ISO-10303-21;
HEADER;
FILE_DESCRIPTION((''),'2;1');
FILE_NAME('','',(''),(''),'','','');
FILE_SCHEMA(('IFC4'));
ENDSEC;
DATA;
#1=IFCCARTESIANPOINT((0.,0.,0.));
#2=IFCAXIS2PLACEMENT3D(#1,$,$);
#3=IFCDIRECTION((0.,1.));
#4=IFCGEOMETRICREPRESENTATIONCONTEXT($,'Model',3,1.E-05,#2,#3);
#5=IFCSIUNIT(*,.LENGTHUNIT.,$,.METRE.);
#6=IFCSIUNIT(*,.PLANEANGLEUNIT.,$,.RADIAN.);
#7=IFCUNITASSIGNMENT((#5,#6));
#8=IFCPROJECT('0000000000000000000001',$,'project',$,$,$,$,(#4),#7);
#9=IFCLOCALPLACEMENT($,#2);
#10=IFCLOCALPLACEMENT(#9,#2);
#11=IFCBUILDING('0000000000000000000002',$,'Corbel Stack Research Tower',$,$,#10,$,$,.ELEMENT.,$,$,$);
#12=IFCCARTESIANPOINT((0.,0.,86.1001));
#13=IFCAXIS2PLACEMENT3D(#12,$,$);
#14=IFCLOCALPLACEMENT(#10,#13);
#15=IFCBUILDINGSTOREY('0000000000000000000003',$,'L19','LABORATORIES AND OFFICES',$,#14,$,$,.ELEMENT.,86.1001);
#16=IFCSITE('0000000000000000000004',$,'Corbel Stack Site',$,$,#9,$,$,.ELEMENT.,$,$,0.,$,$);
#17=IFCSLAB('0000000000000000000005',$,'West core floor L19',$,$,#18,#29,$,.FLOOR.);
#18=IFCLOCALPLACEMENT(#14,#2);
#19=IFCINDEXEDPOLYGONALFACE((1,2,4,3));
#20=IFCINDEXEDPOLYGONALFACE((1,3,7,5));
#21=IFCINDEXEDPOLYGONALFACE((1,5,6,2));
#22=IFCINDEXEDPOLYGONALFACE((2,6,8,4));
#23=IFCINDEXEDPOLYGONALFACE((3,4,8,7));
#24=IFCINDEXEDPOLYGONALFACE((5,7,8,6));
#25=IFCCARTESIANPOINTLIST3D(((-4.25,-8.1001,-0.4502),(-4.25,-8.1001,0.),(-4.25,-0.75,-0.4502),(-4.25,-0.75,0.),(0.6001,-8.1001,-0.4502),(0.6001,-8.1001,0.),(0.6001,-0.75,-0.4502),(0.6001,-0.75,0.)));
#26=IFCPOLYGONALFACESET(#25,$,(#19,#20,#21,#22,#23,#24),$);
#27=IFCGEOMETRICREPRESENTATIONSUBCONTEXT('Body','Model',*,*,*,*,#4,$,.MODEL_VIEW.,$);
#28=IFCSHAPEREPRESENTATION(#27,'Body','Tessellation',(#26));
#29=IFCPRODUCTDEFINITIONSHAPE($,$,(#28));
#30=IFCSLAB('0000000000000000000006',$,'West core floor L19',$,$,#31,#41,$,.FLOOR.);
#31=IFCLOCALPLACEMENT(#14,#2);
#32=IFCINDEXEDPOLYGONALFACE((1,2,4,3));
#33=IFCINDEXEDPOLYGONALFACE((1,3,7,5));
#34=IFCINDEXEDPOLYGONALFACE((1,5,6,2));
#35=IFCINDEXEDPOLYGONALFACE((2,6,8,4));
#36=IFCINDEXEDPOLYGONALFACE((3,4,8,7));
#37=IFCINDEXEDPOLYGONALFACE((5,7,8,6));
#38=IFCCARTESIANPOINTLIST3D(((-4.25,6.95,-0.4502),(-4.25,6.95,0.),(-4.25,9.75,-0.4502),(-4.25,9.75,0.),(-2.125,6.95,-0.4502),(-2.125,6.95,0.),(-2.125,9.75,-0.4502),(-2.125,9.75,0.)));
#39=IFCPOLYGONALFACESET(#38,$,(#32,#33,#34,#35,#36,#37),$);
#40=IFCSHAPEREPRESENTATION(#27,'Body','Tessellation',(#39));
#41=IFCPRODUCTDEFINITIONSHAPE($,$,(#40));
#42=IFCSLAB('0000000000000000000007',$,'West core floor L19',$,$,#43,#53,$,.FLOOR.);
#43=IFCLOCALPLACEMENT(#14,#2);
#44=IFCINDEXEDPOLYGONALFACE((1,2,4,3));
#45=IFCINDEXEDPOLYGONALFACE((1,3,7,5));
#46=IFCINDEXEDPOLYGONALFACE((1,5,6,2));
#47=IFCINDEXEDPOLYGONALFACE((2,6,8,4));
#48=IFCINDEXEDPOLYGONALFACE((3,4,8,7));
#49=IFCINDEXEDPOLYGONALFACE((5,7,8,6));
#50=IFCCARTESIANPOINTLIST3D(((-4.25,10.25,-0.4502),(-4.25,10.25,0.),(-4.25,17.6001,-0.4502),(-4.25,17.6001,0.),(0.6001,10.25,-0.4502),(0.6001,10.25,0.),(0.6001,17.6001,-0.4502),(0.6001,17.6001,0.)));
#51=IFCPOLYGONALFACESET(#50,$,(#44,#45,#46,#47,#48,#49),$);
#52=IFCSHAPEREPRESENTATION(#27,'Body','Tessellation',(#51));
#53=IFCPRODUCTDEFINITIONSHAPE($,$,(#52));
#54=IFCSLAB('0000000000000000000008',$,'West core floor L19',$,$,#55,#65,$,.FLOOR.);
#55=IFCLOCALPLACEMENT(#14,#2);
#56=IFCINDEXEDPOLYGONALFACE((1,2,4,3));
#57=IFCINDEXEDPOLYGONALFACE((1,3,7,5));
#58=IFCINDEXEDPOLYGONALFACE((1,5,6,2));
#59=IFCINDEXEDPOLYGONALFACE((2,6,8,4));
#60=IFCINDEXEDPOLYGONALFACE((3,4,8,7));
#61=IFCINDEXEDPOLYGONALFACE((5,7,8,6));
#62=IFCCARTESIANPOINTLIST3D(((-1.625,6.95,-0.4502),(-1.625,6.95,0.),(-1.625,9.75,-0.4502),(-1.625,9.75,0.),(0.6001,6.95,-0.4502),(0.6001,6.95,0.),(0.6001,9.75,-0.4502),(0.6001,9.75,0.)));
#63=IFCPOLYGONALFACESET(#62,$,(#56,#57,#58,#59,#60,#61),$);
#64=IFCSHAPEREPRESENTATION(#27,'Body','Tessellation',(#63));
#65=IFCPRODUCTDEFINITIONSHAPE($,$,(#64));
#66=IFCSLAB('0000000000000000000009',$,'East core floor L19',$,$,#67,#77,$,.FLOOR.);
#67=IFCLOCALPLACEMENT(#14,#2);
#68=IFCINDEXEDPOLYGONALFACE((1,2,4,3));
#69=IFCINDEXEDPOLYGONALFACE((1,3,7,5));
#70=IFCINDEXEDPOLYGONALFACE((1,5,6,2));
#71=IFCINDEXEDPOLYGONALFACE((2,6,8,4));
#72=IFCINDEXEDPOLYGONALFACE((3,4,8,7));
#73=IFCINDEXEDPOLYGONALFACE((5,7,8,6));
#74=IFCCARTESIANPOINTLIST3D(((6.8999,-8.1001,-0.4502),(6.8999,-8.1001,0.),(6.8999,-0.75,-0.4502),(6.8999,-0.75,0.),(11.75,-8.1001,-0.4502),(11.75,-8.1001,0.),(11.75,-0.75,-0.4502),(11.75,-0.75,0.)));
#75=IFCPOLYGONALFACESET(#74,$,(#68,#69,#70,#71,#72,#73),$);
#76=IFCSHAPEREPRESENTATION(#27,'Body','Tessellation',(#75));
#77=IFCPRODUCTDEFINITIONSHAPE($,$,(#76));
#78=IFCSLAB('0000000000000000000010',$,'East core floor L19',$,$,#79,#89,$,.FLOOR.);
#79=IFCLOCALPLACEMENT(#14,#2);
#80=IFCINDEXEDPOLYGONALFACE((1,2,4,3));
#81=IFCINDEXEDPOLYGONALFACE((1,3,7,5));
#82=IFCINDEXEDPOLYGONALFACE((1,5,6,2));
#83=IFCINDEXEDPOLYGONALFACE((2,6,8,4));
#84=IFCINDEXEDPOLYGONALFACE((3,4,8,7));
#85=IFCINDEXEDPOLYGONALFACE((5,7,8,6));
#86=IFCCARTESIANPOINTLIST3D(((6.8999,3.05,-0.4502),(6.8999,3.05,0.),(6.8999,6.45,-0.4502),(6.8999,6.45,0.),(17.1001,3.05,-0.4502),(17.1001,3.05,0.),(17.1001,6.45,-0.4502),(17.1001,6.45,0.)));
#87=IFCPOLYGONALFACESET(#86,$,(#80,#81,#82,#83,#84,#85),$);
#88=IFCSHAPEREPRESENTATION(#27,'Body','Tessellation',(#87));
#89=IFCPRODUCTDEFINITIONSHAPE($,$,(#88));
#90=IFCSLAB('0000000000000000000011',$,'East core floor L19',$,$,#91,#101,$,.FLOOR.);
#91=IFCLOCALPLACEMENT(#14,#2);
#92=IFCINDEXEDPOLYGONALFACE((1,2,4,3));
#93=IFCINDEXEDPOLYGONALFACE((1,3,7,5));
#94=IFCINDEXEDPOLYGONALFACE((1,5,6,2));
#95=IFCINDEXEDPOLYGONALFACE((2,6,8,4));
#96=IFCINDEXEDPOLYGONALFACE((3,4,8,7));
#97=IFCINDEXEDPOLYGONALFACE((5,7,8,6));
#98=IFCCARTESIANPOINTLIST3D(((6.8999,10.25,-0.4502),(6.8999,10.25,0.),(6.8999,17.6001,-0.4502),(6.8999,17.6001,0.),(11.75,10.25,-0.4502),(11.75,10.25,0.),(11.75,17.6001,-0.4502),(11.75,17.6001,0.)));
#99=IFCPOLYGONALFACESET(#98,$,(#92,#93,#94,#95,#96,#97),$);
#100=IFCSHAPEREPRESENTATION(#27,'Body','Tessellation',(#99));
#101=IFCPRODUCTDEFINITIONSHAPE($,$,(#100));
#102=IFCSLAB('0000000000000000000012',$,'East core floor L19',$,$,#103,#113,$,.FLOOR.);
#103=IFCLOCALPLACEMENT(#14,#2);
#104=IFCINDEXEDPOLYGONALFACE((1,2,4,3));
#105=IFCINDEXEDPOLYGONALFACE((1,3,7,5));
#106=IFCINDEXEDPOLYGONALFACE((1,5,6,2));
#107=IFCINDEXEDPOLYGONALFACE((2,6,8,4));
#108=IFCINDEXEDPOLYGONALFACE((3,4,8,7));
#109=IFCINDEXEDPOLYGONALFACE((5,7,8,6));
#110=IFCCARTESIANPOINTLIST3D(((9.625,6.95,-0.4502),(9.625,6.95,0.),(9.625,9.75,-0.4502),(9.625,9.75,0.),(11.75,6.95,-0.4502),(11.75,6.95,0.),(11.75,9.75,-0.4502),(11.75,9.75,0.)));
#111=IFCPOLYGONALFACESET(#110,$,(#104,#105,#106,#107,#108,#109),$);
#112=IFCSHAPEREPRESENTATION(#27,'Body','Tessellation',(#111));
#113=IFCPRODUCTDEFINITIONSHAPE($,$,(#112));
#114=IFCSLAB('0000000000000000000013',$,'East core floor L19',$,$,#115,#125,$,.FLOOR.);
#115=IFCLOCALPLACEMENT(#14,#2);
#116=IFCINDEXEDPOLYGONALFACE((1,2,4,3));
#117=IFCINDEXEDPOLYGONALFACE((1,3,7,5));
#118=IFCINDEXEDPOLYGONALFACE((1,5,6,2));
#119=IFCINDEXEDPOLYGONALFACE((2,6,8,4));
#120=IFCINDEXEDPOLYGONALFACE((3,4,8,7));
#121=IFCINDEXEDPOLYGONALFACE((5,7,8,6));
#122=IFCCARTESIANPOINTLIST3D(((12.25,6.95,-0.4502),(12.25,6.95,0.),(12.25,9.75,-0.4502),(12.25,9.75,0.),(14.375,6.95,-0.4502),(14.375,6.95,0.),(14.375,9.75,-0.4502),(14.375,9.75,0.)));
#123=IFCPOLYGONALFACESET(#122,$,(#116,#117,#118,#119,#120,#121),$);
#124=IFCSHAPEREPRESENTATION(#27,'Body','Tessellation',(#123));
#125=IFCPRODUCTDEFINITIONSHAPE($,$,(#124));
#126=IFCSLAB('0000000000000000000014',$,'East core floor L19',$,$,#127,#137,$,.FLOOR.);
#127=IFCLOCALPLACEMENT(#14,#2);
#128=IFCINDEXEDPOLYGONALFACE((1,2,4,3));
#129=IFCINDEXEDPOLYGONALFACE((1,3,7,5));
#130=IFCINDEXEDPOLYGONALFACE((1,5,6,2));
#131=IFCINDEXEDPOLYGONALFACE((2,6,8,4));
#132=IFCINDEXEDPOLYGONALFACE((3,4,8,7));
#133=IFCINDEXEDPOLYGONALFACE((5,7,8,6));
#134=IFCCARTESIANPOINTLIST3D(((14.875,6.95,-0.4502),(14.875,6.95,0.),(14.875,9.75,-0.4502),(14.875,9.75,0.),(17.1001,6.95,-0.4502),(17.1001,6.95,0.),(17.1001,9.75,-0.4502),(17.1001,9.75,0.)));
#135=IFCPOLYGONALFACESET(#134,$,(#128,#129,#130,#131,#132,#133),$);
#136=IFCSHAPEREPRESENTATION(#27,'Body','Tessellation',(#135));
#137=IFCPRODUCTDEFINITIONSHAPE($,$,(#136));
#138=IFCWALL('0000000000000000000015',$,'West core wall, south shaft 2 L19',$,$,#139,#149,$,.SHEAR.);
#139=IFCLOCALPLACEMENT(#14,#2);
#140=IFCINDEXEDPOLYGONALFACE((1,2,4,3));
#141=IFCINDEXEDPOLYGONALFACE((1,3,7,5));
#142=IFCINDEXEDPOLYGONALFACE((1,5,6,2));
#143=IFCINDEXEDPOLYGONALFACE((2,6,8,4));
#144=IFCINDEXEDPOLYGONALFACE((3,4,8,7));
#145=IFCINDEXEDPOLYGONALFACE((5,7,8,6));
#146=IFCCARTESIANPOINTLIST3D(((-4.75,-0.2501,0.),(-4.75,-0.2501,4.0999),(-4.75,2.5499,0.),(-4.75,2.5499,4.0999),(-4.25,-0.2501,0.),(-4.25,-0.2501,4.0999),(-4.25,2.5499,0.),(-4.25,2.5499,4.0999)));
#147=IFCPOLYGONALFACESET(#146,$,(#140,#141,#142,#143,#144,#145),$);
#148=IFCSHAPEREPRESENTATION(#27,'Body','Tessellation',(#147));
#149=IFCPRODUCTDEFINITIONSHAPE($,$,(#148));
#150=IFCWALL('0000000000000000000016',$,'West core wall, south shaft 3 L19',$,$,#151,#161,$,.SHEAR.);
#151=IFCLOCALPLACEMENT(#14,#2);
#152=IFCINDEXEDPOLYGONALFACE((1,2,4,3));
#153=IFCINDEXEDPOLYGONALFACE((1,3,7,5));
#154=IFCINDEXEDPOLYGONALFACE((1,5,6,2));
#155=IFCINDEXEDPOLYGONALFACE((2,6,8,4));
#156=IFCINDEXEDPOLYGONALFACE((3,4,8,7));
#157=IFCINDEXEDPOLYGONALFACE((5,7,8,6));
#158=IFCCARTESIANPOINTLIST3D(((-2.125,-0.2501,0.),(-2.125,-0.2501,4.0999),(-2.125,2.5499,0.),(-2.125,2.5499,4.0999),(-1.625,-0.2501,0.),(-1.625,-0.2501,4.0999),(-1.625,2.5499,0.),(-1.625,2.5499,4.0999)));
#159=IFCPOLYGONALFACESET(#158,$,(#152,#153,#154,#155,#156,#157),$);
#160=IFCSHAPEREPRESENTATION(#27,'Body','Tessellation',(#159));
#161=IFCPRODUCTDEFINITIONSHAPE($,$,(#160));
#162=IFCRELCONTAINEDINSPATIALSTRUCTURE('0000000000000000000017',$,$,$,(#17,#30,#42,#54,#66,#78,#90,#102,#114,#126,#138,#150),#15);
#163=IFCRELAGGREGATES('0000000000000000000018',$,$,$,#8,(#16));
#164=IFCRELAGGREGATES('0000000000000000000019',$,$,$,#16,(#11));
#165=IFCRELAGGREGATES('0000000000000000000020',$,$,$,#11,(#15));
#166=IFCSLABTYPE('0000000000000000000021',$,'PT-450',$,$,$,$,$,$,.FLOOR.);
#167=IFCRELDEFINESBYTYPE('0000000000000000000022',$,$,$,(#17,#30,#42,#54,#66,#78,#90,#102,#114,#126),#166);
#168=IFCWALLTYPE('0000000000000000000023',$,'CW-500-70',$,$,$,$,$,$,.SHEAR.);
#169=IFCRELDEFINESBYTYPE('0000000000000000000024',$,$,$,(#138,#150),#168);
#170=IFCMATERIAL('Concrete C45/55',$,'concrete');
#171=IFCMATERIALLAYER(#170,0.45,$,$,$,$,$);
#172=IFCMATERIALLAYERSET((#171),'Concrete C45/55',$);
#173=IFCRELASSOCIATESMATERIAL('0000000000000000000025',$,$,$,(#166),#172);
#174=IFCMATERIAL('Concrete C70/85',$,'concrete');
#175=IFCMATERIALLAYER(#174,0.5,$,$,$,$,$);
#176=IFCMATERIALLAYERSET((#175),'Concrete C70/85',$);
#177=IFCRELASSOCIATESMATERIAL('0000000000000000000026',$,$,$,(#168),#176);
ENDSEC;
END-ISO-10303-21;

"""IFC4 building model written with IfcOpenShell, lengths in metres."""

from ifc_helpers import new_model, si_unit, direction, frame, frame_2d, origin, place, context, subcontext, project, spatial, polyline, rectangle, outline, extrude, material, layer, layer_set, type_object, element, save


model = new_model("IFC4")

# Units and contexts
model_context = context("Model", 3, precision=1e-05, world=origin(), true_north=direction((0.0, 1.0)))
body_context = subcontext(model_context, "Body", "Model", "MODEL_VIEW")
ifc_project = project(units=[si_unit("LENGTHUNIT", "METRE"), si_unit("PLANEANGLEUNIT", "RADIAN")], contexts=[model_context])

# Site, building, storey
site_placement = place(None, origin())
site = spatial("IfcSite", under=ifc_project, at=site_placement, Name="Corbel Stack Site", CompositionType="ELEMENT", RefElevation=0.0)
building_placement = place(site_placement, origin())
building = spatial("IfcBuilding", under=site, at=building_placement, Name="Corbel Stack Research Tower", CompositionType="ELEMENT")
storey_placement = place(building_placement, frame((0.0, 0.0, 86.1001)))
storey = spatial("IfcBuildingStorey", under=building, at=storey_placement, Name="L19", Description="LABORATORIES AND OFFICES", CompositionType="ELEMENT", Elevation=86.1001)

# Slabs
ifc_material_1 = material(Name="Concrete C45/55", Category="concrete")
ifc_layer_1 = layer(ifc_material_1, 0.45)
ifc_layer_set_1 = layer_set([ifc_layer_1], Name="Concrete C45/55")
slab_type_1 = type_object("IfcSlabType", Name="PT-450", PredefinedType="FLOOR", material=ifc_layer_set_1)
slab_1_placement = place(storey_placement, frame((0.0, 0.0, -0.4502)))
element("IfcSlab", 1, at=slab_1_placement, inside=storey, type_object=slab_type_1, Name="West core floor L19", PredefinedType="FLOOR", context=body_context, shape_type="SweptSolid", body=[
    extrude(outline(polyline([(0.6001, -8.1001), (0.6001, -0.75), (-4.25, -0.75), (-4.25, -8.1001), (0.6001, -8.1001)])), origin(), (0.0, 0.0, 1.0), 0.4502),
])
slab_2_placement = place(storey_placement, frame((0.0, 0.0, -0.4502)))
element("IfcSlab", 2, at=slab_2_placement, inside=storey, type_object=slab_type_1, Name="West core floor L19", PredefinedType="FLOOR", context=body_context, shape_type="SweptSolid", body=[
    extrude(outline(polyline([(-2.125, 6.95), (-2.125, 9.75), (-4.25, 9.75), (-4.25, 6.95), (-2.125, 6.95)])), origin(), (0.0, 0.0, 1.0), 0.4502),
])
slab_3_placement = place(storey_placement, frame((0.0, 0.0, -0.4502)))
element("IfcSlab", 3, at=slab_3_placement, inside=storey, type_object=slab_type_1, Name="West core floor L19", PredefinedType="FLOOR", context=body_context, shape_type="SweptSolid", body=[
    extrude(outline(polyline([(0.6001, 17.6001), (-4.25, 17.6001), (-4.25, 10.25), (0.6001, 10.25), (0.6001, 17.6001)])), origin(), (0.0, 0.0, 1.0), 0.4502),
])
slab_4_placement = place(storey_placement, frame((0.0, 0.0, -0.4502)))
element("IfcSlab", 4, at=slab_4_placement, inside=storey, type_object=slab_type_1, Name="West core floor L19", PredefinedType="FLOOR", context=body_context, shape_type="SweptSolid", body=[
    extrude(outline(polyline([(0.6001, 9.75), (-1.625, 9.75), (-1.625, 6.95), (0.6001, 6.95), (0.6001, 9.75)])), origin(), (0.0, 0.0, 1.0), 0.4502),
])
slab_5_placement = place(storey_placement, frame((0.0, 0.0, -0.4502)))
element("IfcSlab", 5, at=slab_5_placement, inside=storey, type_object=slab_type_1, Name="East core floor L19", PredefinedType="FLOOR", context=body_context, shape_type="SweptSolid", body=[
    extrude(outline(polyline([(11.75, -0.75), (6.8999, -0.75), (6.8999, -8.1001), (11.75, -8.1001), (11.75, -0.75)])), origin(), (0.0, 0.0, 1.0), 0.4502),
])
slab_6_placement = place(storey_placement, frame((0.0, 0.0, -0.4502)))
element("IfcSlab", 6, at=slab_6_placement, inside=storey, type_object=slab_type_1, Name="East core floor L19", PredefinedType="FLOOR", context=body_context, shape_type="SweptSolid", body=[
    extrude(outline(polyline([(6.8999, 6.45), (6.8999, 3.05), (17.1001, 3.05), (17.1001, 6.45), (6.8999, 6.45)])), origin(), (0.0, 0.0, 1.0), 0.4502),
])
slab_7_placement = place(storey_placement, frame((0.0, 0.0, -0.4502)))
element("IfcSlab", 7, at=slab_7_placement, inside=storey, type_object=slab_type_1, Name="East core floor L19", PredefinedType="FLOOR", context=body_context, shape_type="SweptSolid", body=[
    extrude(outline(polyline([(6.8999, 17.6001), (6.8999, 10.25), (11.75, 10.25), (11.75, 17.6001), (6.8999, 17.6001)])), origin(), (0.0, 0.0, 1.0), 0.4502),
])
slab_8_placement = place(storey_placement, frame((0.0, 0.0, -0.4502)))
element("IfcSlab", 8, at=slab_8_placement, inside=storey, type_object=slab_type_1, Name="East core floor L19", PredefinedType="FLOOR", context=body_context, shape_type="SweptSolid", body=[
    extrude(outline(polyline([(9.625, 6.95), (11.75, 6.95), (11.75, 9.75), (9.625, 9.75), (9.625, 6.95)])), origin(), (0.0, 0.0, 1.0), 0.4502),
])
slab_9_placement = place(storey_placement, frame((0.0, 0.0, -0.4502)))
element("IfcSlab", 9, at=slab_9_placement, inside=storey, type_object=slab_type_1, Name="East core floor L19", PredefinedType="FLOOR", context=body_context, shape_type="SweptSolid", body=[
    extrude(outline(polyline([(14.375, 6.95), (14.375, 9.75), (12.25, 9.75), (12.25, 6.95), (14.375, 6.95)])), origin(), (0.0, 0.0, 1.0), 0.4502),
])
slab_10_placement = place(storey_placement, frame((0.0, 0.0, -0.4502)))
element("IfcSlab", 10, at=slab_10_placement, inside=storey, type_object=slab_type_1, Name="East core floor L19", PredefinedType="FLOOR", context=body_context, shape_type="SweptSolid", body=[
    extrude(outline(polyline([(17.1001, 6.95), (17.1001, 9.75), (14.875, 9.75), (14.875, 6.95), (17.1001, 6.95)])), origin(), (0.0, 0.0, 1.0), 0.4502),
])

# Walls
ifc_material_2 = material(Name="Concrete C70/85", Category="concrete")
ifc_layer_2 = layer(ifc_material_2, 0.5)
ifc_layer_set_2 = layer_set([ifc_layer_2], Name="Concrete C70/85")
wall_type = type_object("IfcWallType", Name="CW-500-70", PredefinedType="SHEAR", material=ifc_layer_set_2)
for number, where, z_axis, x_axis, name in (
    (11, (-4.5, -0.25, 0.0), (0.0, 0.0, 1.0), (0.0, 1.0, 0.0), "West core wall, south shaft 2 L19"),
    (12, (-1.875, -0.25, 0.0), (0.0, 0.0, 1.0), (0.0, 1.0, 0.0), "West core wall, south shaft 3 L19"),
):
    element("IfcWall", number, at=place(storey_placement, frame(where, z_axis=z_axis, x_axis=x_axis)), inside=storey, type_object=wall_type, Name=name, PredefinedType="SHEAR", context=body_context, shape_type="SweptSolid", body=[
        extrude(rectangle(XDim=2.8, YDim=0.5, at=frame_2d((1.3999, 0.0))), origin(), (0.0, 0.0, 1.0), 4.0999),
    ])

save(model, "model.ifc")
